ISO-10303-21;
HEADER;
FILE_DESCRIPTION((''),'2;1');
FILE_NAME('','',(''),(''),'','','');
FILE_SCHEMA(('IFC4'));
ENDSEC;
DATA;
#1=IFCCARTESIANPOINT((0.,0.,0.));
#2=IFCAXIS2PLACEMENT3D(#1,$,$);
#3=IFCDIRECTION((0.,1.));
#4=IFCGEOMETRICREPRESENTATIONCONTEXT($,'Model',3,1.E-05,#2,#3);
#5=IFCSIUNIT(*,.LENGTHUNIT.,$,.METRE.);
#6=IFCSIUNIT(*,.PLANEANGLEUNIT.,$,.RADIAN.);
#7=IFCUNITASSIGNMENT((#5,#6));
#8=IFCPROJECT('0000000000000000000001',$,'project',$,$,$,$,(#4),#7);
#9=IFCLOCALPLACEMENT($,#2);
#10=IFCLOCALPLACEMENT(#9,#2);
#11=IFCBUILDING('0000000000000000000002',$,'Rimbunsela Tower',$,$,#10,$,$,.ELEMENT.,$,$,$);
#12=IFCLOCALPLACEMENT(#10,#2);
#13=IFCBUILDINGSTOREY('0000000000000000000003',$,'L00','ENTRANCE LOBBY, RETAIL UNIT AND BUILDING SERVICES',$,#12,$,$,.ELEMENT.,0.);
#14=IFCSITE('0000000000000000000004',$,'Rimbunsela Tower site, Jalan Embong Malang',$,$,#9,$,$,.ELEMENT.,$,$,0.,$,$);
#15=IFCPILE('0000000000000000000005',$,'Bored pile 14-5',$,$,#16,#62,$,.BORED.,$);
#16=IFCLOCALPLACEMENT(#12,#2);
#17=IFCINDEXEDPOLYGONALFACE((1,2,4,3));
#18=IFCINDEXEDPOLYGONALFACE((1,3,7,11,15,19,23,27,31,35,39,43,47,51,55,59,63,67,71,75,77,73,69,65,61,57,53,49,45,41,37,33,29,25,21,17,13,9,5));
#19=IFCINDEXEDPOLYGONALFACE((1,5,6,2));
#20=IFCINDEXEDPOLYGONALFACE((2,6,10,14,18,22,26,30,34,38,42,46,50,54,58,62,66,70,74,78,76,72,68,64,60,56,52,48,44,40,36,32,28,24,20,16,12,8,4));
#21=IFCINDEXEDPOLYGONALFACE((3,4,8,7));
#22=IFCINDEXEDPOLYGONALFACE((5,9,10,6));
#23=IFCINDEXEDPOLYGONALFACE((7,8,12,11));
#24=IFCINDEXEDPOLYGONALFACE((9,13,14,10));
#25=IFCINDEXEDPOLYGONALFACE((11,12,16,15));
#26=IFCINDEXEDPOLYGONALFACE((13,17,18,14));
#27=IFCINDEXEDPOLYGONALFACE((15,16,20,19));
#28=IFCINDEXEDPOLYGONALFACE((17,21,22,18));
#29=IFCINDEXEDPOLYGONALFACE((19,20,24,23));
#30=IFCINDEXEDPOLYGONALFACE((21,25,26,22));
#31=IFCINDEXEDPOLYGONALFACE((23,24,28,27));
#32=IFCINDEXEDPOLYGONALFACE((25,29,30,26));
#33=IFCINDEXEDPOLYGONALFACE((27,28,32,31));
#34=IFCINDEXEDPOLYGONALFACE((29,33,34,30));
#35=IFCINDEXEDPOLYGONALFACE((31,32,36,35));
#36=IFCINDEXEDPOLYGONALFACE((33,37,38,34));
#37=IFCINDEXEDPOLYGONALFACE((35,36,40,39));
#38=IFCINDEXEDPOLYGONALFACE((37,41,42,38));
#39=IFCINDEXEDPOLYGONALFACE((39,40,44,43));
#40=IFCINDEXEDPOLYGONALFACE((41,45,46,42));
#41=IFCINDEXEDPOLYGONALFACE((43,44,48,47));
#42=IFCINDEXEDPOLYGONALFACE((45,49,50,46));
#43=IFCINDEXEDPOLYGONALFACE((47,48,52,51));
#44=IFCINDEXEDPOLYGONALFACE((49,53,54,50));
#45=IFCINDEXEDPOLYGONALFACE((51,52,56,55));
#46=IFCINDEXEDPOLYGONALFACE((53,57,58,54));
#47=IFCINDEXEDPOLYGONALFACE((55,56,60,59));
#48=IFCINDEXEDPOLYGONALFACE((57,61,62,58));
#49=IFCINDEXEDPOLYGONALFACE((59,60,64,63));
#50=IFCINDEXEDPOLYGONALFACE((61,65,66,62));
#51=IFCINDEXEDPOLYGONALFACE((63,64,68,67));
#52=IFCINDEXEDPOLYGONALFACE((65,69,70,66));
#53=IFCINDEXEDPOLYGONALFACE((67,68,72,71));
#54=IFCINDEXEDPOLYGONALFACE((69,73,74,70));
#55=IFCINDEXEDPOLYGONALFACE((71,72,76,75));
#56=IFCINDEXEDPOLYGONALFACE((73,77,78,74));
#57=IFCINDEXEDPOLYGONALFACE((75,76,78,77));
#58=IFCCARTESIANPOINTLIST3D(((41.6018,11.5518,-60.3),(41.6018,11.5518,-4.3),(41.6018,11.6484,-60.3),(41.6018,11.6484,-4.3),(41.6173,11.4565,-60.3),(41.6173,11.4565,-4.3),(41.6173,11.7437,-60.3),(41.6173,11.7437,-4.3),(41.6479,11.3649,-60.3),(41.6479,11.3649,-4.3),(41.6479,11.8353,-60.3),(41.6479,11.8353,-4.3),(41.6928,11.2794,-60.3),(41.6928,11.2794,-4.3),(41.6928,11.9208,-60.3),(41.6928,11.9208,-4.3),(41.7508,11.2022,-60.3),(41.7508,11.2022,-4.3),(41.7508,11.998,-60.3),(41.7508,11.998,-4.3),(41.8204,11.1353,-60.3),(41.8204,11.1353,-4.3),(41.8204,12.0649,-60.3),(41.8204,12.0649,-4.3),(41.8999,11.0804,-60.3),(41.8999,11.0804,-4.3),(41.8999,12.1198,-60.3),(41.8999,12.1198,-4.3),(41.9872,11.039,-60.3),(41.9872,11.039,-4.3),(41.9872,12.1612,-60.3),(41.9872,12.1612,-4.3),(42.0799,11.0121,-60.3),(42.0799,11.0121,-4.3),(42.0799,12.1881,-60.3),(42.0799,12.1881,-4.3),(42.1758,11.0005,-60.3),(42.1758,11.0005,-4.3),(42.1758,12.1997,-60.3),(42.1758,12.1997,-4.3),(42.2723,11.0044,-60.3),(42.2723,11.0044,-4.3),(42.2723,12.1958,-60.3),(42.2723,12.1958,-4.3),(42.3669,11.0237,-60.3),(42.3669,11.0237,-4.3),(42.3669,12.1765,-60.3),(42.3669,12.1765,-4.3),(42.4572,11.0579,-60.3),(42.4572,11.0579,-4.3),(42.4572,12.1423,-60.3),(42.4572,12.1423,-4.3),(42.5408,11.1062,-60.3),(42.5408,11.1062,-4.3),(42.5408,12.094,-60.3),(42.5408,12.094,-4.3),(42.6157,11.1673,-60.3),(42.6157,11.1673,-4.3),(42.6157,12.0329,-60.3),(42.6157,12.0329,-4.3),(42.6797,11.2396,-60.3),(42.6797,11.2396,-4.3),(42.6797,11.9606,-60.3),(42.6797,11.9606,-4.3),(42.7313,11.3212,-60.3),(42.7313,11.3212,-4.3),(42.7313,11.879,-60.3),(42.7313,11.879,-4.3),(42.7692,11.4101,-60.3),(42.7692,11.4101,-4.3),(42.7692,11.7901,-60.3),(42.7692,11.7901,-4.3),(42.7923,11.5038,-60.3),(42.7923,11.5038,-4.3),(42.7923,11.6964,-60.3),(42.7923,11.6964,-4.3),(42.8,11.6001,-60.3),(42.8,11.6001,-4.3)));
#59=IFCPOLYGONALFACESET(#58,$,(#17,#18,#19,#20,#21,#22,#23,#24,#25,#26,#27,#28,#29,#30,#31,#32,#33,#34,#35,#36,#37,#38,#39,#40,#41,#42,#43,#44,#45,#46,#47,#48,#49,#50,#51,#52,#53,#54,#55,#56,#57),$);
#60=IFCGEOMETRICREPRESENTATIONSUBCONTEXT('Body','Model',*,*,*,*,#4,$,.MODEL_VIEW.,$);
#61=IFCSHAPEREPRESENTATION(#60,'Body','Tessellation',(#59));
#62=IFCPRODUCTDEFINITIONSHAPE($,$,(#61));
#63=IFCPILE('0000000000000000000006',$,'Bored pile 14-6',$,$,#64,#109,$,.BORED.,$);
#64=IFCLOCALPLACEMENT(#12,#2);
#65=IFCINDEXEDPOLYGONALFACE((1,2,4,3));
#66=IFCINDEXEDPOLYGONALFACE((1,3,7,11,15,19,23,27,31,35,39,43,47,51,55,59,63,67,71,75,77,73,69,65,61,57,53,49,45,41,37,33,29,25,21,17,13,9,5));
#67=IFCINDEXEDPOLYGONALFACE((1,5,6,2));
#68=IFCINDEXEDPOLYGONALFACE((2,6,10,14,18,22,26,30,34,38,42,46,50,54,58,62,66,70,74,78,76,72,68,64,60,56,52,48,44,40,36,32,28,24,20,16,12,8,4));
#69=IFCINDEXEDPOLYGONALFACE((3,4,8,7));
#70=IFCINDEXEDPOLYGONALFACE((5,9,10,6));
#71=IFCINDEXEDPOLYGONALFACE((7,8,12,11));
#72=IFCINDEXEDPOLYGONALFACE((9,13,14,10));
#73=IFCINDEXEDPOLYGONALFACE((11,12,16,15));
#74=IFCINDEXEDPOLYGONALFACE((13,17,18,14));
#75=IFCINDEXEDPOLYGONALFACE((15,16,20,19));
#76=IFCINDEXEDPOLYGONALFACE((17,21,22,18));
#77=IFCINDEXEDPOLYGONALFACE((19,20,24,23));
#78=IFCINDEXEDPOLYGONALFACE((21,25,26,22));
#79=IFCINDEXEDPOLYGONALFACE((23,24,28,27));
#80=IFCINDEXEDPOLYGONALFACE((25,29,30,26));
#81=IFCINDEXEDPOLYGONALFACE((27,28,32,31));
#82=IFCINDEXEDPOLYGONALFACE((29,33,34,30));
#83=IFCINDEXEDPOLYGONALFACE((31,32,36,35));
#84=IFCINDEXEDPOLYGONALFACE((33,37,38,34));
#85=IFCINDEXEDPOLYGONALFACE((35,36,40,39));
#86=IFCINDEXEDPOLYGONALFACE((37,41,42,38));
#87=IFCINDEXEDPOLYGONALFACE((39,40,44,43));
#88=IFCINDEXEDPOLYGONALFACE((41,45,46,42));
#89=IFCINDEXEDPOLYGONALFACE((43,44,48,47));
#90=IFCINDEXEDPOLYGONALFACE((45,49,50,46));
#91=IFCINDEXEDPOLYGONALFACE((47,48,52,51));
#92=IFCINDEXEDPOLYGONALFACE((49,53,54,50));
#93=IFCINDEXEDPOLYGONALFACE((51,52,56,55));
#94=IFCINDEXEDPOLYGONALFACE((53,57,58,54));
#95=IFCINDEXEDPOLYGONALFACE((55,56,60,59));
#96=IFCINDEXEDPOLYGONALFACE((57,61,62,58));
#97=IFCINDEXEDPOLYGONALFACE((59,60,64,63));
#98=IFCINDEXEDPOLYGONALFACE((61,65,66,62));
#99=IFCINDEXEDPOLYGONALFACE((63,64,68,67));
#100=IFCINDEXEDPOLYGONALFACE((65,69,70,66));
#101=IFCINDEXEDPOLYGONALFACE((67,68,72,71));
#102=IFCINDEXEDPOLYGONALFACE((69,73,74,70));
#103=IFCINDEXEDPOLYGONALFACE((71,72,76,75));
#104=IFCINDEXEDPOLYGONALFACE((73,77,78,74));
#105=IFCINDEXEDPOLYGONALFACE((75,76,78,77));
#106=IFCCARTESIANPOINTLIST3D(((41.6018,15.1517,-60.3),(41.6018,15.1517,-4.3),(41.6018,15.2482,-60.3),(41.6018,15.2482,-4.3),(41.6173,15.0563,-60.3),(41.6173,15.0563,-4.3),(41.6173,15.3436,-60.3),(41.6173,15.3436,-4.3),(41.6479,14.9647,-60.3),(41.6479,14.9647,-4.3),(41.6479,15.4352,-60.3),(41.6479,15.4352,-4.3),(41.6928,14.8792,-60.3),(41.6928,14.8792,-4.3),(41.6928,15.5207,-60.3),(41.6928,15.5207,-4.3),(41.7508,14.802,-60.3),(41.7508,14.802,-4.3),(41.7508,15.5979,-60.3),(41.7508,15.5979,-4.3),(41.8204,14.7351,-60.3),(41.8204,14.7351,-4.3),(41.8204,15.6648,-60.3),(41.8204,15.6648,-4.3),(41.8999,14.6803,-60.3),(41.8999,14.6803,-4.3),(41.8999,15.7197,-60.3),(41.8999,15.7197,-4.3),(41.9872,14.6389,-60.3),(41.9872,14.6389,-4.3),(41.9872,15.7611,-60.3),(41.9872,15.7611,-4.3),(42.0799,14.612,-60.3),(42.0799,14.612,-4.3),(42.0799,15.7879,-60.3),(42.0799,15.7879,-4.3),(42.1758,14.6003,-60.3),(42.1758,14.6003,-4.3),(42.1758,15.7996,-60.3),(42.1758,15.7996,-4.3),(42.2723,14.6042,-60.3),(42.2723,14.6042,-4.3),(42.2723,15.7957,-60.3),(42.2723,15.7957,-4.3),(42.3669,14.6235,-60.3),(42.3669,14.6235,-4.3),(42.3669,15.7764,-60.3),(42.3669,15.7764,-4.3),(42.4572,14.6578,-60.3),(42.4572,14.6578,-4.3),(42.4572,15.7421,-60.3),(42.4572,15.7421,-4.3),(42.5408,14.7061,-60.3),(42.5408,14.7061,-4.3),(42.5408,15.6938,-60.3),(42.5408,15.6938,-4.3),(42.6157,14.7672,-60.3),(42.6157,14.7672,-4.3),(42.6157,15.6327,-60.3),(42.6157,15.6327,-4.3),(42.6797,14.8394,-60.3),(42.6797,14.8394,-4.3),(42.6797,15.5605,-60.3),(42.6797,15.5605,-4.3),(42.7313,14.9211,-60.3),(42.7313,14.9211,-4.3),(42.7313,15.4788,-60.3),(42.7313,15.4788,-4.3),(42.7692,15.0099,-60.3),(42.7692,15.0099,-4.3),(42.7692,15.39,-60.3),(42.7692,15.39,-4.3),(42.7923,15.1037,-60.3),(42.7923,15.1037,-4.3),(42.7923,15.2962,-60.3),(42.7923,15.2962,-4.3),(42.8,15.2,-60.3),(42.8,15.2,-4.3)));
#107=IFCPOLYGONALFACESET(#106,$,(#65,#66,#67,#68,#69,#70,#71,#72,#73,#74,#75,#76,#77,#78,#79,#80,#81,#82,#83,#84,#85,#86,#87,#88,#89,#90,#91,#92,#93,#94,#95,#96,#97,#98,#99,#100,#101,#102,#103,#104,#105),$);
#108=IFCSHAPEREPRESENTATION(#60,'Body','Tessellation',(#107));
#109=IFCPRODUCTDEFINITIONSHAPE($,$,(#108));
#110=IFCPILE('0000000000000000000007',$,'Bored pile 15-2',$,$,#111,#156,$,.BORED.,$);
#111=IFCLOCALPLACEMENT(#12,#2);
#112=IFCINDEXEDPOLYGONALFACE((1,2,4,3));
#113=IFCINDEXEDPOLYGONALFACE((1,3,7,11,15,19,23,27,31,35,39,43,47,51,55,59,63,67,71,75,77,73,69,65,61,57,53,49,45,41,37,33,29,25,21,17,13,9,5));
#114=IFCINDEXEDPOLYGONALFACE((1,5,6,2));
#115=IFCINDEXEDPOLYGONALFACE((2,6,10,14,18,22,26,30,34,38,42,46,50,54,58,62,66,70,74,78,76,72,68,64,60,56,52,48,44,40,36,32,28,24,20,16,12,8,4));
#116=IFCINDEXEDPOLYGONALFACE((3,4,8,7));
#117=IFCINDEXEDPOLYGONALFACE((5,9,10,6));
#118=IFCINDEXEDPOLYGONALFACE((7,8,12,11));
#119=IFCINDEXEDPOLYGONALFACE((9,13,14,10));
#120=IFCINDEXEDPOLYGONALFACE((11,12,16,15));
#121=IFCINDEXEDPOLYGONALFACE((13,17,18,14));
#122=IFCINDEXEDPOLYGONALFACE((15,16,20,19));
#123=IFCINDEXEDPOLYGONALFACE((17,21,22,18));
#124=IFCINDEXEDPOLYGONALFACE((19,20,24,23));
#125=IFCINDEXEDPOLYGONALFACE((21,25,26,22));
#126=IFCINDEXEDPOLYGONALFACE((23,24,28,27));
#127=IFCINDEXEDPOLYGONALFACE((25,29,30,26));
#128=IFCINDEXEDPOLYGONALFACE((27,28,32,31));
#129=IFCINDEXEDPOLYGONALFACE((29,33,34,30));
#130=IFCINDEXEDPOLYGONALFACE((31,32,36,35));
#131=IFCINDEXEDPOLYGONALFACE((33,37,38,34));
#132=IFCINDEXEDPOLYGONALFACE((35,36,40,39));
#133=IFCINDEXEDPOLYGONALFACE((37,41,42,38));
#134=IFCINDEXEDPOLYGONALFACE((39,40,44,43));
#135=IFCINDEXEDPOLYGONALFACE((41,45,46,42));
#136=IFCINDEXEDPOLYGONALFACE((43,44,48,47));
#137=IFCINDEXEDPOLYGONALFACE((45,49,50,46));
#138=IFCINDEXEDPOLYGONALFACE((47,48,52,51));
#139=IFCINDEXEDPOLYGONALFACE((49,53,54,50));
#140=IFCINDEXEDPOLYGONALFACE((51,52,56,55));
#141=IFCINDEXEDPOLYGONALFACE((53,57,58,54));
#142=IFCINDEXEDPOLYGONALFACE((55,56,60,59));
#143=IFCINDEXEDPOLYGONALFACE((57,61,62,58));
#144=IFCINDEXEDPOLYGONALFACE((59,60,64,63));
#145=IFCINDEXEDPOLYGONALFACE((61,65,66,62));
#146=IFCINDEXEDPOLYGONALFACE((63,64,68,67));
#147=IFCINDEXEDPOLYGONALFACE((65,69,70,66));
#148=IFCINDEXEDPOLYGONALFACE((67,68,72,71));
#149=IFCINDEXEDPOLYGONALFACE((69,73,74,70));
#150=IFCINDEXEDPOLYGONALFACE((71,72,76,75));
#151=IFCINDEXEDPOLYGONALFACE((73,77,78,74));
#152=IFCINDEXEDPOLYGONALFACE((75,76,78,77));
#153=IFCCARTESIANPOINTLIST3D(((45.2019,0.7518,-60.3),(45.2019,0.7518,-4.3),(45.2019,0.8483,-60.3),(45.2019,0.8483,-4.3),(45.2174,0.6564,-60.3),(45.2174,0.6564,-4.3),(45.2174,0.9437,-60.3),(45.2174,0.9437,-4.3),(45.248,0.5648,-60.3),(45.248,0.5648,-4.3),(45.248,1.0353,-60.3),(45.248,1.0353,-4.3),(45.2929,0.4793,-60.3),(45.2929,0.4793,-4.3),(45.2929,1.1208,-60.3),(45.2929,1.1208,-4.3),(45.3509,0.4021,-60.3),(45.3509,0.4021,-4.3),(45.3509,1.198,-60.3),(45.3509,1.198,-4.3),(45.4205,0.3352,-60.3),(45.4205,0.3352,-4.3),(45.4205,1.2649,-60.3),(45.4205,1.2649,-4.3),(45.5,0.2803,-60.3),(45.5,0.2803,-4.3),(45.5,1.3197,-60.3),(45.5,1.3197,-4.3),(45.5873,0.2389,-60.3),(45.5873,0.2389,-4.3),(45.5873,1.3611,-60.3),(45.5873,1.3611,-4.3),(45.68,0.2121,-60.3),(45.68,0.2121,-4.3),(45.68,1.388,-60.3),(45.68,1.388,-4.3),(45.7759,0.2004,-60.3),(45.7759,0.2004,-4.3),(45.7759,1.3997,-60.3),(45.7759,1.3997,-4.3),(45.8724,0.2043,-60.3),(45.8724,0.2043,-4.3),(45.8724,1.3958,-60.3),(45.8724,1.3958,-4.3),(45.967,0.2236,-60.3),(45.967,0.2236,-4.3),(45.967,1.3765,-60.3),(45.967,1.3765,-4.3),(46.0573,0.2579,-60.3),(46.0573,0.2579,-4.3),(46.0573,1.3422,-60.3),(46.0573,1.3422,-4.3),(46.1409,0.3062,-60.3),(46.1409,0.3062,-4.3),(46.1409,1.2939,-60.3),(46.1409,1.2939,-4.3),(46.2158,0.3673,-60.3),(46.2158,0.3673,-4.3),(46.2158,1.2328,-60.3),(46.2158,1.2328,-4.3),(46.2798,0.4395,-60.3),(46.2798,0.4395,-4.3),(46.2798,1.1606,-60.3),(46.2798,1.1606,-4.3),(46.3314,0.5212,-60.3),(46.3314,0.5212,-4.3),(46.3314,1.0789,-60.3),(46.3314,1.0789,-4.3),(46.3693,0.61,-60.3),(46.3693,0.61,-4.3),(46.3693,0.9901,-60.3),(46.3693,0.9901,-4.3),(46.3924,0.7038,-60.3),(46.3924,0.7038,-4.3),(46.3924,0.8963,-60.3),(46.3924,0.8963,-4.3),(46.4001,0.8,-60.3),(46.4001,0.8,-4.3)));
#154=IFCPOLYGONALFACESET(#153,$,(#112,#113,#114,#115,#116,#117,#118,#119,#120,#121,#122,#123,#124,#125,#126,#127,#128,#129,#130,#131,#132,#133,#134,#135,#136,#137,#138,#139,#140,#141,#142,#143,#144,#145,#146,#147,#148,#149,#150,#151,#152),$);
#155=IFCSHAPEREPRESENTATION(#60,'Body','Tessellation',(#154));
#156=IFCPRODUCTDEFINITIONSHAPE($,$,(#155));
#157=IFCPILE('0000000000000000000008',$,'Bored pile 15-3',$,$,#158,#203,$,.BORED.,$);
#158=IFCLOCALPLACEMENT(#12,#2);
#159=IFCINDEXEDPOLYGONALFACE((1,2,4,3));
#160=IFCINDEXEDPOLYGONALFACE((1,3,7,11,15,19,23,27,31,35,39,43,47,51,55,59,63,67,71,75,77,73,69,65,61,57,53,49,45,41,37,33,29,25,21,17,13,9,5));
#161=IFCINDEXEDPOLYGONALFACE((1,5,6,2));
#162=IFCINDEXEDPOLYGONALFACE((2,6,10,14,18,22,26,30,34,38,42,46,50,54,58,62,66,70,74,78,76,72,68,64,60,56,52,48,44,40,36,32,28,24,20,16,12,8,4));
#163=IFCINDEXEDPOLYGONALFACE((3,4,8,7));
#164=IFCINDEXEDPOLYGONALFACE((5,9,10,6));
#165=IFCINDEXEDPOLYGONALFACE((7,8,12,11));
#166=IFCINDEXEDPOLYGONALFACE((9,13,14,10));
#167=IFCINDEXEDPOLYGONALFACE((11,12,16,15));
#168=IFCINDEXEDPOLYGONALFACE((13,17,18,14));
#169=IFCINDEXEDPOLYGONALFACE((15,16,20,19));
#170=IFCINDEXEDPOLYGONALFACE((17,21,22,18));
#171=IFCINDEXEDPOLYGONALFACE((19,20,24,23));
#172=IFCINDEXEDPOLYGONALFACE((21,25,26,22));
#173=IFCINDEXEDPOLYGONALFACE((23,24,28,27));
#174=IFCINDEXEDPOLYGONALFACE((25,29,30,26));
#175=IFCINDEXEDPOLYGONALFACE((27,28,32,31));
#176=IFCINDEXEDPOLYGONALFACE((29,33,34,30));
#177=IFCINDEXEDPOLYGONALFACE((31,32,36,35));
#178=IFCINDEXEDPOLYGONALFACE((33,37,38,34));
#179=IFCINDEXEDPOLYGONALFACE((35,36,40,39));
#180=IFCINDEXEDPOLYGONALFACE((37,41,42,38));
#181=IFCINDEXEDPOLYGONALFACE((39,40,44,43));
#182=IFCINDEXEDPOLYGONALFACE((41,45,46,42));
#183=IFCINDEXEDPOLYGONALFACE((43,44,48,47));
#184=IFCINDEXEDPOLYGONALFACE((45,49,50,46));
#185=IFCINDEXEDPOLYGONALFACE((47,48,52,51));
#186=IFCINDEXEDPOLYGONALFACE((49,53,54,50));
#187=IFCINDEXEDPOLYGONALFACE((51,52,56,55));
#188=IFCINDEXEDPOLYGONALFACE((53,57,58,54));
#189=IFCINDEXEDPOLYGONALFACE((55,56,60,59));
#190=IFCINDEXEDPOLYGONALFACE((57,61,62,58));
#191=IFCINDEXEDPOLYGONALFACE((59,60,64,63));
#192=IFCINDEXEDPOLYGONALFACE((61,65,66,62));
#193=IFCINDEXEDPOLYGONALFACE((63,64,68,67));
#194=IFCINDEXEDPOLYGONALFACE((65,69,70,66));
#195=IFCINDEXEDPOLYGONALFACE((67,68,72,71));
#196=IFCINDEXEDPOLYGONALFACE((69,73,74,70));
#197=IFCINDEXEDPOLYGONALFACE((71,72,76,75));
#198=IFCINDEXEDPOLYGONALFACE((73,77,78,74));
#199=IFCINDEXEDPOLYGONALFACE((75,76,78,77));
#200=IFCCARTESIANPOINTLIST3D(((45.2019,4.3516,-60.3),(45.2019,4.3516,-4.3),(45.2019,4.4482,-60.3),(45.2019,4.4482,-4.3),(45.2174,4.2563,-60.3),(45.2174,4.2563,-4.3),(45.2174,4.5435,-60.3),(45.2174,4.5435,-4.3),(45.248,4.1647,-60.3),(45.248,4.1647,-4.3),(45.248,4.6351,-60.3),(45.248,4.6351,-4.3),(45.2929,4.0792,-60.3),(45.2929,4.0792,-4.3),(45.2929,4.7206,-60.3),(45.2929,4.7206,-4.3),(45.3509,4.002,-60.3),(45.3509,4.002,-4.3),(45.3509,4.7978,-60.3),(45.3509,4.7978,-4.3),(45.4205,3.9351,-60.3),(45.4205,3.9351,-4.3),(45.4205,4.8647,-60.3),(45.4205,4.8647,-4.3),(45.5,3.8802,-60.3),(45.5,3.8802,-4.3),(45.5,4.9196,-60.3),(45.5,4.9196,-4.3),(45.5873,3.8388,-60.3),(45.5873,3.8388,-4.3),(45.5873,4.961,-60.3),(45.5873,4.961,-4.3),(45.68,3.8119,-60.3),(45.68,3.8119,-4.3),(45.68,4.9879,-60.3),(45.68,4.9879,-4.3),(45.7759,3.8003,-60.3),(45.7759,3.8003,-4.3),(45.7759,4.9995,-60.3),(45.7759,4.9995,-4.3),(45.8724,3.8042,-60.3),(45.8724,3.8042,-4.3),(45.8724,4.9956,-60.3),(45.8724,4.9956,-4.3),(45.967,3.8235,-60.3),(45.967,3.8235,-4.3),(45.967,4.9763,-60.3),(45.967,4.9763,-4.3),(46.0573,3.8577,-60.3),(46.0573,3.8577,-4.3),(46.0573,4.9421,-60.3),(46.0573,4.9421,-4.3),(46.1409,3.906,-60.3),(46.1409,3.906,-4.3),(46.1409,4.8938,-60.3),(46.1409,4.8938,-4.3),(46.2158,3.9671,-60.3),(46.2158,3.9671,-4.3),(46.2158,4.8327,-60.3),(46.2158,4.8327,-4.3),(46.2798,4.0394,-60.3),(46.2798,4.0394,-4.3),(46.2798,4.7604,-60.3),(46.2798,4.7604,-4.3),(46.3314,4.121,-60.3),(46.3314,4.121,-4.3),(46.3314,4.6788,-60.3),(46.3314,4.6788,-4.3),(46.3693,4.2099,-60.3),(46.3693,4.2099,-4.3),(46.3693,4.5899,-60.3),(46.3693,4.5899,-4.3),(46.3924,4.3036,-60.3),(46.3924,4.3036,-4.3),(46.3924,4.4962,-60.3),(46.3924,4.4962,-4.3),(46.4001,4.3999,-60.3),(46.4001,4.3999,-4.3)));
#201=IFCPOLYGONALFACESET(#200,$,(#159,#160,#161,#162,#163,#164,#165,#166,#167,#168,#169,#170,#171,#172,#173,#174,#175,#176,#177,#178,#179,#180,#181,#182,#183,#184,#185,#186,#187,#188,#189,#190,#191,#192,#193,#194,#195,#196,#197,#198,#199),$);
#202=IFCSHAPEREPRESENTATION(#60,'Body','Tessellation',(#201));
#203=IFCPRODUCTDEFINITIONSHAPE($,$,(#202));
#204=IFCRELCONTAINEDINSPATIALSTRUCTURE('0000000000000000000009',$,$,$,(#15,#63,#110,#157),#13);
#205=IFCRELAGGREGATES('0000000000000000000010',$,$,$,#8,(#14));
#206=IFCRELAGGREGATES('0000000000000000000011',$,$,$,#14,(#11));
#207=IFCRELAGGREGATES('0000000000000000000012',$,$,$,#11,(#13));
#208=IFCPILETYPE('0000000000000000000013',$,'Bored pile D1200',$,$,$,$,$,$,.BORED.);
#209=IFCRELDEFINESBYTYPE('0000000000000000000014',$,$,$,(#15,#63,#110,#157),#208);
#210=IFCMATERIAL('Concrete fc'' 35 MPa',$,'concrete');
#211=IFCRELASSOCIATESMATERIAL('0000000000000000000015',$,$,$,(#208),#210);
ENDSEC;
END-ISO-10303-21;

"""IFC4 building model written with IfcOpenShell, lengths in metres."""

from ifc_helpers import new_model, si_unit, direction, frame, origin, origin_2d, place, context, subcontext, project, spatial, circle, extrude, material, material_profile, profile_set, type_object, element, save


model = new_model("IFC4")

# Units and contexts
model_context = context("Model", 3, precision=1e-05, world=origin(), true_north=direction((0.0, 1.0)))
body_context = subcontext(model_context, "Body", "Model", "MODEL_VIEW")
ifc_project = project(units=[si_unit("LENGTHUNIT", "METRE"), si_unit("PLANEANGLEUNIT", "RADIAN")], contexts=[model_context])

# Site, building, storey
site_placement = place(None, origin())
site = spatial("IfcSite", under=ifc_project, at=site_placement, Name="Rimbunsela Tower site, Jalan Embong Malang", CompositionType="ELEMENT", RefElevation=0.0)
building_placement = place(site_placement, origin())
building = spatial("IfcBuilding", under=site, at=building_placement, Name="Rimbunsela Tower", CompositionType="ELEMENT")
storey_placement = place(building_placement, origin())
storey = spatial("IfcBuildingStorey", under=building, at=storey_placement, Name="L00", Description="ENTRANCE LOBBY, RETAIL UNIT AND BUILDING SERVICES", CompositionType="ELEMENT", Elevation=0.0)

# Piles
ifc_material_1 = material(Name="Concrete fc' 35 MPa", Category="concrete")
ifc_material_profile_1 = material_profile(ifc_material_1, circle(Radius=0.6001, at=origin_2d()), Name="BP D1200")
ifc_profile_set_1 = profile_set([ifc_material_profile_1], Name="Concrete fc' 35 MPa")
pile_type = type_object("IfcPileType", Name="Bored pile D1200", PredefinedType="BORED", material=ifc_profile_set_1)
for number, where, z_axis, x_axis, name in (
    (1, (42.2, 11.6001, -4.3), (0.0, 0.0, -1.0), (1.0, 0.0, 0.0), "Bored pile 14-5"),
    (2, (42.2, 15.2, -4.3), (0.0, 0.0, -1.0), (1.0, 0.0, 0.0), "Bored pile 14-6"),
    (3, (45.8, 0.8, -4.3), (0.0, 0.0, -1.0), (1.0, 0.0, 0.0), "Bored pile 15-2"),
    (4, (45.8, 4.3999, -4.3), (0.0, 0.0, -1.0), (1.0, 0.0, 0.0), "Bored pile 15-3"),
):
    element("IfcPile", number, at=place(storey_placement, frame(where, z_axis=z_axis, x_axis=x_axis)), inside=storey, type_object=pile_type, Name=name, PredefinedType="BORED", context=body_context, shape_type="SweptSolid", body=[
        extrude(circle(Radius=0.6001, at=origin_2d()), origin(), (0.0, 0.0, 1.0), 56.0),
    ])

save(model, "model.ifc")
